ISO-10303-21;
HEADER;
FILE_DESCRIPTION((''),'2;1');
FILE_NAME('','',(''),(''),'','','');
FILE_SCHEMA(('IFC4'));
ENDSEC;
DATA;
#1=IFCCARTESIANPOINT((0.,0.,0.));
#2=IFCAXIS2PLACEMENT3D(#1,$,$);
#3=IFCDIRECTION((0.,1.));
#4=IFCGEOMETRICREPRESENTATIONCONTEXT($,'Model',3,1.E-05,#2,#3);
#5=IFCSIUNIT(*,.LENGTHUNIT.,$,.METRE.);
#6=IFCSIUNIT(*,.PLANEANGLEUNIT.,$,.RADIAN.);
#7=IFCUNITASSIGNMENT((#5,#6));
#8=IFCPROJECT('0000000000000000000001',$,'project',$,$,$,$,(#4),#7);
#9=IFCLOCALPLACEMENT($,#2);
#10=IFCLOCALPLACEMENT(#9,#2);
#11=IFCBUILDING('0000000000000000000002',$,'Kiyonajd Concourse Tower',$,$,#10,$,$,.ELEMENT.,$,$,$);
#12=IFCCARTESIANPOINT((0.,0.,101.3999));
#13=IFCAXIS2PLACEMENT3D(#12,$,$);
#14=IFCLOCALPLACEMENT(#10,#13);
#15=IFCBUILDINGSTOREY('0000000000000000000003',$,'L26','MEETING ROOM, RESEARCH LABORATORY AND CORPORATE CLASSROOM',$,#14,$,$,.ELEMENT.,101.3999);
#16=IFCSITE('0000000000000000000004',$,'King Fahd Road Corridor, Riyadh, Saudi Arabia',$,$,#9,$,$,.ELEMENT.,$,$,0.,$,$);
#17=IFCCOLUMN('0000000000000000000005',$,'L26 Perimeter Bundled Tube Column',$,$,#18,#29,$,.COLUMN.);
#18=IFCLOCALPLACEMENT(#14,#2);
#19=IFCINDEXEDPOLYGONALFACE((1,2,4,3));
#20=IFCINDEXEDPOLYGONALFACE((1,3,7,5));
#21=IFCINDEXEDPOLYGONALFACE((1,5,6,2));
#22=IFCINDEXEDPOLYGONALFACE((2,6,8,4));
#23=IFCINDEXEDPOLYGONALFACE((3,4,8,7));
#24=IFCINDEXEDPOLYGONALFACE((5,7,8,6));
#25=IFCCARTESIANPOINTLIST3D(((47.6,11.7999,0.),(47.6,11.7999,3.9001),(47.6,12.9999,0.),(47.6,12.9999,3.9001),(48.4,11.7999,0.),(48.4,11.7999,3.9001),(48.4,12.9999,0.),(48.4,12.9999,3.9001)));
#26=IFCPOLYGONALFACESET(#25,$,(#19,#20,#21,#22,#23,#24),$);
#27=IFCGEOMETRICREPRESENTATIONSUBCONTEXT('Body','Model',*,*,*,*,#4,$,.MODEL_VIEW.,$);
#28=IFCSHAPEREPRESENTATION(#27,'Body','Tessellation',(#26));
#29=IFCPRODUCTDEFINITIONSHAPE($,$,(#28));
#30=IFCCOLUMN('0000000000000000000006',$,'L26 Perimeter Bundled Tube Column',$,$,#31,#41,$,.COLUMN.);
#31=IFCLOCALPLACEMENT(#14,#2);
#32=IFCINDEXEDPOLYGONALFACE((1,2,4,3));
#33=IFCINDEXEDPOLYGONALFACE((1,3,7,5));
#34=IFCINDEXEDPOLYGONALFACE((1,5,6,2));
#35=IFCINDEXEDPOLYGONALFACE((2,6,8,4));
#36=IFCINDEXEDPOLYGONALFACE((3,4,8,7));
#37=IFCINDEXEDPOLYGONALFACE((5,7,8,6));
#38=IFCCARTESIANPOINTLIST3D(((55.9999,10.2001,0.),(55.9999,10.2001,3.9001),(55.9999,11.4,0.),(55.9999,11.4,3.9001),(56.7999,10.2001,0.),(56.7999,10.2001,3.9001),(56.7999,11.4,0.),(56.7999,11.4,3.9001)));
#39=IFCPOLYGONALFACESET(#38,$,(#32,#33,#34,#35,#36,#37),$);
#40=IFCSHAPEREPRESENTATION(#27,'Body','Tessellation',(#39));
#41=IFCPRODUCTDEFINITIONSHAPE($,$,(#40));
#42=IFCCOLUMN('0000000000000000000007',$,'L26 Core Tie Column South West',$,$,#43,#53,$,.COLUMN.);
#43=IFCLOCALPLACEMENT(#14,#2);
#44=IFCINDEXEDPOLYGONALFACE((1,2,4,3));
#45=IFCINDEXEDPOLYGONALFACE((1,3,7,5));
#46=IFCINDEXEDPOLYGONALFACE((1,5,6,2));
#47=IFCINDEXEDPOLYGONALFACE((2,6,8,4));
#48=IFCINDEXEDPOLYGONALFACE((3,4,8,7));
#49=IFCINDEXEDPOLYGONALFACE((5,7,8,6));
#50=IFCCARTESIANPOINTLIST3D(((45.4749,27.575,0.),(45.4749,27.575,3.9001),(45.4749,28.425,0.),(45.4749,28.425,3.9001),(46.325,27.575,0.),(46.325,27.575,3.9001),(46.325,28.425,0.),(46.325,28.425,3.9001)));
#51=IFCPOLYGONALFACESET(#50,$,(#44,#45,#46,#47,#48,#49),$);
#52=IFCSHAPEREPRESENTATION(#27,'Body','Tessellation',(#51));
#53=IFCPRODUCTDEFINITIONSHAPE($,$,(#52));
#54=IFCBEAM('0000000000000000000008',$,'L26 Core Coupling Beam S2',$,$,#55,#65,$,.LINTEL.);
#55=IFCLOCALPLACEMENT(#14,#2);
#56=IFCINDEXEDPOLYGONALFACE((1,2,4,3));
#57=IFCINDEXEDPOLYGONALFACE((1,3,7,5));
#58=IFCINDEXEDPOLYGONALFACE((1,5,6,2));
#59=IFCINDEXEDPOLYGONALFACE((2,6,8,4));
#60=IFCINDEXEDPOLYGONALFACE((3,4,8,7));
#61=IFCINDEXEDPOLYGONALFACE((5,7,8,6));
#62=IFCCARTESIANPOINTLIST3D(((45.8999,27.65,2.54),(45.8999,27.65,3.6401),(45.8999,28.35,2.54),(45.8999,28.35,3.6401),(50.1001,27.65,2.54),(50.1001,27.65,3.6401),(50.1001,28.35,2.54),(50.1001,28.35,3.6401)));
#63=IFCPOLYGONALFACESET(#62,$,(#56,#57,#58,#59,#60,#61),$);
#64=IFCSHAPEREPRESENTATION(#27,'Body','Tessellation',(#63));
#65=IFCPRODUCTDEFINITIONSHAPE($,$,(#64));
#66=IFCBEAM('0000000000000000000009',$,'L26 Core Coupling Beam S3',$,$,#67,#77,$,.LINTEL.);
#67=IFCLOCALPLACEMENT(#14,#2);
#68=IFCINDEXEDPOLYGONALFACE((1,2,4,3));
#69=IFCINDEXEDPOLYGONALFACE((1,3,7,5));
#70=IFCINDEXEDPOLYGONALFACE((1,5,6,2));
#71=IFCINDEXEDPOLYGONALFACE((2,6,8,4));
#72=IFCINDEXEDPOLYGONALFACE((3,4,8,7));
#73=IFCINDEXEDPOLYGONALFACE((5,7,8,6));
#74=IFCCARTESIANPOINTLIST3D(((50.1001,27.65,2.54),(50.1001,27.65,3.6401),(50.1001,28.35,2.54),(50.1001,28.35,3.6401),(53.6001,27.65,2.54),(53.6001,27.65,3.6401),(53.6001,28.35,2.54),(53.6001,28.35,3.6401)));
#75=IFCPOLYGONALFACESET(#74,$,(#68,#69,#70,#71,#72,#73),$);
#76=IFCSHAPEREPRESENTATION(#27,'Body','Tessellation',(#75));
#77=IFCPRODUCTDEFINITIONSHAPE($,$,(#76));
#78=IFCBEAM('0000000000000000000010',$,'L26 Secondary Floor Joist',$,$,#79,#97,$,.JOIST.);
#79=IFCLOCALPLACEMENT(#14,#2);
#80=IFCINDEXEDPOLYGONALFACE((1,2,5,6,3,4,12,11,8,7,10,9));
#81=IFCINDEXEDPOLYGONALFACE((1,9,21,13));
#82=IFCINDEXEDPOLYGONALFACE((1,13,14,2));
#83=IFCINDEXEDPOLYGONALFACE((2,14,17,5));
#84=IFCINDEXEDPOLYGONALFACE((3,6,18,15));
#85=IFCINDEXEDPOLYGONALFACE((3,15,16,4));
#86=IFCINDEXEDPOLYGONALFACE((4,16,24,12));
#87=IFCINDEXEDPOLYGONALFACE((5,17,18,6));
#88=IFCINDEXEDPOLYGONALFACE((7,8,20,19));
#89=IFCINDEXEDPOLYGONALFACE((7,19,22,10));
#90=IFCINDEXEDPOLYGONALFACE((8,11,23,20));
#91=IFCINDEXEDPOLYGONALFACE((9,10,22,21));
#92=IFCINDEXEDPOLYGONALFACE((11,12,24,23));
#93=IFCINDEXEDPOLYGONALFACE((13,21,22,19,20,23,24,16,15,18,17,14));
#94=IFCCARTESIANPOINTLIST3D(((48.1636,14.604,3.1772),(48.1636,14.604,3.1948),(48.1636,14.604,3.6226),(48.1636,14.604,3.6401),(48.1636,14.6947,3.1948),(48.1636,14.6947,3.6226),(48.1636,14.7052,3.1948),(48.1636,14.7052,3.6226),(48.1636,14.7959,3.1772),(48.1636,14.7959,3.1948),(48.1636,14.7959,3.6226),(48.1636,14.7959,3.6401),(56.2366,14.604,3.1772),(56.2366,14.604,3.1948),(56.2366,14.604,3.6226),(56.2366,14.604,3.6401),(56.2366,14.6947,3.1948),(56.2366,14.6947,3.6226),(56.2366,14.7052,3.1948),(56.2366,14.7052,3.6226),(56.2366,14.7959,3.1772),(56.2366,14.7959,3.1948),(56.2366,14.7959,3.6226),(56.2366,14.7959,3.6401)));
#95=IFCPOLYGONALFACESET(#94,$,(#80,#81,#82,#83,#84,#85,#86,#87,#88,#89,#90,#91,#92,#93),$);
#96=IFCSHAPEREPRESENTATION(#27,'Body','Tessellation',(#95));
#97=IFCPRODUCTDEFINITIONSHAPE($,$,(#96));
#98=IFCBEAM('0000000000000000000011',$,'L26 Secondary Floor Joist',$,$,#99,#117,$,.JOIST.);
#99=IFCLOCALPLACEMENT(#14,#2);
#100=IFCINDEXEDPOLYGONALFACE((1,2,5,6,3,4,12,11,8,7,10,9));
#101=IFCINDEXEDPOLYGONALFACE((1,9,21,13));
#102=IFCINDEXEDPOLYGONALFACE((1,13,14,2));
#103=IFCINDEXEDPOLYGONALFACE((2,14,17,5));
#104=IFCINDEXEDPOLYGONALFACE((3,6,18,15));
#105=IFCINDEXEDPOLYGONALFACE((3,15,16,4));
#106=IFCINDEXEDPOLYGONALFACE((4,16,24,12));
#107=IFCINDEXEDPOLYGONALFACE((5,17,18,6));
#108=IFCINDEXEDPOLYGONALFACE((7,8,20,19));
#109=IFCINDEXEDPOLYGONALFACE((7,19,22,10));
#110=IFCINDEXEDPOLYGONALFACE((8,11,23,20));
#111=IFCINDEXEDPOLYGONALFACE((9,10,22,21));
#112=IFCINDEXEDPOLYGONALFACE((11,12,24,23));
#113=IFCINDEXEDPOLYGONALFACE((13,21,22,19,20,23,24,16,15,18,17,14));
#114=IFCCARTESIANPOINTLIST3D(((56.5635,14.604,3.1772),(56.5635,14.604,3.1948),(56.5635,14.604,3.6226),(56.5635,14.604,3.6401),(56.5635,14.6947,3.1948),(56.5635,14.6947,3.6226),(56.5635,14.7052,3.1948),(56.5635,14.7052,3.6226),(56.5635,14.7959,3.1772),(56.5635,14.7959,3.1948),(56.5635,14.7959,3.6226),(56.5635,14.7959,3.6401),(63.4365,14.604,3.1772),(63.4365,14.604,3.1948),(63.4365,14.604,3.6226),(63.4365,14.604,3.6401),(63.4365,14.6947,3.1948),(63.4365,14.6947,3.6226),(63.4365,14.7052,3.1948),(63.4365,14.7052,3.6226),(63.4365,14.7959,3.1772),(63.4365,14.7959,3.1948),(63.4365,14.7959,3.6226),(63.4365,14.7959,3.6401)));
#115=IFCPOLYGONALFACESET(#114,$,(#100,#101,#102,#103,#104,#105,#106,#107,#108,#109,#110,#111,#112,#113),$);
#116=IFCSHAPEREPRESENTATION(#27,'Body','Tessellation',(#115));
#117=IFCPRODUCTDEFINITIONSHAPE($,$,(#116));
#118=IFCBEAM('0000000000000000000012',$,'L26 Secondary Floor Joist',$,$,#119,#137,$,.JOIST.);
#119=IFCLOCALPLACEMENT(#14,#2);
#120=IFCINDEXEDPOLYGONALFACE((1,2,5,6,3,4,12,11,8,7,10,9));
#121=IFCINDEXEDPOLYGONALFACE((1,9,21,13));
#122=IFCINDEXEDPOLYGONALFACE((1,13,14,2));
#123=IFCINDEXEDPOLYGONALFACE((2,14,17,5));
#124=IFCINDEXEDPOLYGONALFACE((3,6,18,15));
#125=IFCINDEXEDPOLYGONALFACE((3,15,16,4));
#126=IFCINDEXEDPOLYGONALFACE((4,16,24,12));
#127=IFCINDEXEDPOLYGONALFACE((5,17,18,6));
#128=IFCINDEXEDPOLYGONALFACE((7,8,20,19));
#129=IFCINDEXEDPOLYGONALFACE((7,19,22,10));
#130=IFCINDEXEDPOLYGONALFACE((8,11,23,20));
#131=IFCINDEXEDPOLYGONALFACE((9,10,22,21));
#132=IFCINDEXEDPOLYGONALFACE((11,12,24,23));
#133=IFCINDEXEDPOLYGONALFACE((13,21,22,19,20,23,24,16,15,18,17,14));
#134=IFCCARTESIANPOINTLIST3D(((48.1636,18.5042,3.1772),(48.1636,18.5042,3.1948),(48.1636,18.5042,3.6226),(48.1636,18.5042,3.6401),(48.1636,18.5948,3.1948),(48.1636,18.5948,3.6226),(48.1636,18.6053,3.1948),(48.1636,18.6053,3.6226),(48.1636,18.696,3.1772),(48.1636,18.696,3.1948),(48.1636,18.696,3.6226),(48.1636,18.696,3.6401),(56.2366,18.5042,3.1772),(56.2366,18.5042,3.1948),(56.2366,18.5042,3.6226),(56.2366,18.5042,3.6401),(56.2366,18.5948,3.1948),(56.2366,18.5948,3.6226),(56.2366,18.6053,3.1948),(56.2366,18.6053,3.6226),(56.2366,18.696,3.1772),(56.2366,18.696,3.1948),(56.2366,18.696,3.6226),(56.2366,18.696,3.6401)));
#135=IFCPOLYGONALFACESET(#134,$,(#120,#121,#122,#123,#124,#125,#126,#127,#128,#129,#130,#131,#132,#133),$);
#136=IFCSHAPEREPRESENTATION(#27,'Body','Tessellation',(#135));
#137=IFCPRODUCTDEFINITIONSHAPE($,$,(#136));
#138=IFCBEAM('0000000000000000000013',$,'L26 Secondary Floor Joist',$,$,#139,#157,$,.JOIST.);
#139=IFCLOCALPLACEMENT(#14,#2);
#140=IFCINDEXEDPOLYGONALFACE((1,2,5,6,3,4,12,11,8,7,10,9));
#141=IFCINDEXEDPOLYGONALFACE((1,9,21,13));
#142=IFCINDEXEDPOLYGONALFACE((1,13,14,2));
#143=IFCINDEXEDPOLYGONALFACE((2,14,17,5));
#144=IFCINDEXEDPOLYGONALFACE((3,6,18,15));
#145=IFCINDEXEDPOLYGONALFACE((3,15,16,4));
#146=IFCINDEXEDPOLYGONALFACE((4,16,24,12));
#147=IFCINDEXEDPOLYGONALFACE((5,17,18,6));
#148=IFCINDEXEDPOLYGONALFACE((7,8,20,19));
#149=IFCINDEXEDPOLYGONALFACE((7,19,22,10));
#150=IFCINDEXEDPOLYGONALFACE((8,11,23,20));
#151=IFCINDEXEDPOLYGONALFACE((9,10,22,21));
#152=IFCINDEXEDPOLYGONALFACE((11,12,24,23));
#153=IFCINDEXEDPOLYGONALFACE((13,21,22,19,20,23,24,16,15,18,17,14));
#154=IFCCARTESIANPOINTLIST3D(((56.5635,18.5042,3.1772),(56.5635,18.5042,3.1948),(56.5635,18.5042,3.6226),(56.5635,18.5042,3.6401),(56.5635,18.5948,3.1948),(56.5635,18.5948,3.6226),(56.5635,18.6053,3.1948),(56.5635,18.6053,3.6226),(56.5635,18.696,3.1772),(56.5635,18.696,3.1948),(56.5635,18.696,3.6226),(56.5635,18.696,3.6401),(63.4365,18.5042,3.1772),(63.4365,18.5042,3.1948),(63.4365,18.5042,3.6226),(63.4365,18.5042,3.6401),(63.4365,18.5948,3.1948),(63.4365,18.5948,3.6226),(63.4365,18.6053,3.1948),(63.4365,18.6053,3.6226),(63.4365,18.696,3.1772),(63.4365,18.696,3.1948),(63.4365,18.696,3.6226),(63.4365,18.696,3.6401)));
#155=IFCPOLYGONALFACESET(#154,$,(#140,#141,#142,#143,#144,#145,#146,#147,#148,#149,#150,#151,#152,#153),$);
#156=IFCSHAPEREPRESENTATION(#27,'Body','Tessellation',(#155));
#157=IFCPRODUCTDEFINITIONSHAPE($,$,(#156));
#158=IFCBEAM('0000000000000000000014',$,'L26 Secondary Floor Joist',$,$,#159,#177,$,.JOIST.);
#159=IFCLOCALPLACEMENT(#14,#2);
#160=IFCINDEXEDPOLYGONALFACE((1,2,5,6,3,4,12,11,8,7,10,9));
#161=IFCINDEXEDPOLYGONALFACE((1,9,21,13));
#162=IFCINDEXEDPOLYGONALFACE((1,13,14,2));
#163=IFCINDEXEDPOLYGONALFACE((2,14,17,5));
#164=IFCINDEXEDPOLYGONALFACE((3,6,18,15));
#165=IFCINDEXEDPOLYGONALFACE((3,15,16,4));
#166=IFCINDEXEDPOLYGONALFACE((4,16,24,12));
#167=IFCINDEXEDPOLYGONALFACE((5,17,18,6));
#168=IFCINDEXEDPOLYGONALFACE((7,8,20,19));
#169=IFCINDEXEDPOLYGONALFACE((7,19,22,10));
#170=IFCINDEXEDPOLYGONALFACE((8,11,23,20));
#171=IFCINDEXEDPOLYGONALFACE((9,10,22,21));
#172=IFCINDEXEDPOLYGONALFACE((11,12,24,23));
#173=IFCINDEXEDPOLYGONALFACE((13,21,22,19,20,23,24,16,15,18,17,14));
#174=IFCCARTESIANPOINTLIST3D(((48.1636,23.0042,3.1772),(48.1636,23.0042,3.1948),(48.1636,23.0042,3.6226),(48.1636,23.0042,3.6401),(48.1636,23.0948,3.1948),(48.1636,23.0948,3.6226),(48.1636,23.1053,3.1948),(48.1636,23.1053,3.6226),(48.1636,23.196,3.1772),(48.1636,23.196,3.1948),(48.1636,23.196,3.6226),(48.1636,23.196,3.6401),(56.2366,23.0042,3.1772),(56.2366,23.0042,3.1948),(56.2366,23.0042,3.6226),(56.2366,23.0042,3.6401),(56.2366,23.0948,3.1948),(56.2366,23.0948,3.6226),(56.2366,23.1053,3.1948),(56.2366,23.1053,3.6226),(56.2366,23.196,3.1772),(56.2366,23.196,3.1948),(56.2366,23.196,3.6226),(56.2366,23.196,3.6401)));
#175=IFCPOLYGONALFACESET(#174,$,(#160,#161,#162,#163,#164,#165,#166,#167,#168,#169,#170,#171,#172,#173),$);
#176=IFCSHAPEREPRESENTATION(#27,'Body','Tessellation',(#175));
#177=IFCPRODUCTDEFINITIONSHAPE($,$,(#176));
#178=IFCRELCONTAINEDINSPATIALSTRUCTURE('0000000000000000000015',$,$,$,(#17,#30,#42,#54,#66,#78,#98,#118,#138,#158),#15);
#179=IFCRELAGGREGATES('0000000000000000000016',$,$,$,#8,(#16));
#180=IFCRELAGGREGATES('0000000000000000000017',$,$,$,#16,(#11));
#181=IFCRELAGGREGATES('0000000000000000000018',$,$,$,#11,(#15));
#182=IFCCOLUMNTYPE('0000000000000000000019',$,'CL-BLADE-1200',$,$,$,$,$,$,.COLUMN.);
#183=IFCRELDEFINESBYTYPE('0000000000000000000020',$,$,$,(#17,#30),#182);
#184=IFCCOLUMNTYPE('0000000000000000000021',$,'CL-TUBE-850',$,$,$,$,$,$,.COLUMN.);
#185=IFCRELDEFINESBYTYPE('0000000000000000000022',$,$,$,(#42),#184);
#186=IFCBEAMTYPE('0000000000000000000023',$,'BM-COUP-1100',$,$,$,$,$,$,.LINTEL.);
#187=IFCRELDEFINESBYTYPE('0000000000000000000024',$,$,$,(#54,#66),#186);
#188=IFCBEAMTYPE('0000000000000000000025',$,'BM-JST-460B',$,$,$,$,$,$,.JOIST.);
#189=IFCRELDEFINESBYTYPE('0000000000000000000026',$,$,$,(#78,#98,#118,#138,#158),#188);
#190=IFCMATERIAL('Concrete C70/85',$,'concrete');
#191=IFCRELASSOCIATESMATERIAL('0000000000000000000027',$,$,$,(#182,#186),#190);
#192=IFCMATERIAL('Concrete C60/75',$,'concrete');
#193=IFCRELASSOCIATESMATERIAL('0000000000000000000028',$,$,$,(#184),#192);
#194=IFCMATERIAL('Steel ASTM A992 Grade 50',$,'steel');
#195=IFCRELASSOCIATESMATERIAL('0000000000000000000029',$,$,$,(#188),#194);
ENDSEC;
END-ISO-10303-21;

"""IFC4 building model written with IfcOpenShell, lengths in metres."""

from ifc_helpers import new_model, si_unit, direction, frame, origin, origin_2d, place, context, subcontext, project, spatial, rectangle, i_section, extrude, material, material_profile, profile_set, type_object, element, save


model = new_model("IFC4")

# Units and contexts
model_context = context("Model", 3, precision=1e-05, world=origin(), true_north=direction((0.0, 1.0)))
body_context = subcontext(model_context, "Body", "Model", "MODEL_VIEW")
ifc_project = project(units=[si_unit("LENGTHUNIT", "METRE"), si_unit("PLANEANGLEUNIT", "RADIAN")], contexts=[model_context])

# Site, building, storey
site_placement = place(None, origin())
site = spatial("IfcSite", under=ifc_project, at=site_placement, Name="King Fahd Road Corridor, Riyadh, Saudi Arabia", CompositionType="ELEMENT", RefElevation=0.0)
building_placement = place(site_placement, origin())
building = spatial("IfcBuilding", under=site, at=building_placement, Name="Kiyonajd Concourse Tower", CompositionType="ELEMENT")
storey_placement = place(building_placement, frame((0.0, 0.0, 101.3999)))
storey = spatial("IfcBuildingStorey", under=building, at=storey_placement, Name="L26", Description="MEETING ROOM, RESEARCH LABORATORY AND CORPORATE CLASSROOM", CompositionType="ELEMENT", Elevation=101.3999)

# Columns
ifc_material_1 = material(Name="Concrete C70/85", Category="concrete")
ifc_material_profile_1 = material_profile(ifc_material_1, rectangle(XDim=0.8, YDim=1.2, at=origin_2d()), Name="RC-1200x800")
ifc_profile_set_1 = profile_set([ifc_material_profile_1], Name="Concrete C70/85")
column_type_1 = type_object("IfcColumnType", Name="CL-BLADE-1200", PredefinedType="COLUMN", material=ifc_profile_set_1)
for number, where, z_axis, x_axis, name in (
    (1, (48.0, 12.3999, 0.0), (0.0, 0.0, 1.0), (1.0, 0.0, 0.0), "L26 Perimeter Bundled Tube Column"),
    (2, (56.3999, 10.8, 0.0), (0.0, 0.0, 1.0), (1.0, 0.0, 0.0), "L26 Perimeter Bundled Tube Column"),
):
    element("IfcColumn", number, at=place(storey_placement, frame(where, z_axis=z_axis, x_axis=x_axis)), inside=storey, type_object=column_type_1, Name=name, PredefinedType="COLUMN", context=body_context, shape_type="SweptSolid", body=[
        extrude(rectangle(XDim=0.8, YDim=1.2, at=origin_2d()), origin(), (0.0, 0.0, 1.0), 3.9001),
    ])
ifc_material_2 = material(Name="Concrete C60/75", Category="concrete")
ifc_material_profile_2 = material_profile(ifc_material_2, rectangle(XDim=0.8501, YDim=0.8501, at=origin_2d()), Name="RC-850x850")
ifc_profile_set_2 = profile_set([ifc_material_profile_2], Name="Concrete C60/75")
column_type_2 = type_object("IfcColumnType", Name="CL-TUBE-850", PredefinedType="COLUMN", material=ifc_profile_set_2)
column_placement = place(storey_placement, frame((45.8999, 28.0, 0.0), z_axis=(0.0, 0.0, 1.0), x_axis=(1.0, 0.0, 0.0)))
element("IfcColumn", 3, at=column_placement, inside=storey, type_object=column_type_2, Name="L26 Core Tie Column South West", PredefinedType="COLUMN", context=body_context, shape_type="SweptSolid", body=[
    extrude(rectangle(XDim=0.8501, YDim=0.8501, at=origin_2d()), origin(), (0.0, 0.0, 1.0), 3.9001),
])

# Beams
ifc_material_profile_3 = material_profile(ifc_material_1, rectangle(XDim=0.7, YDim=1.1001, at=origin_2d()), Name="RCBM-700x1100")
ifc_profile_set_3 = profile_set([ifc_material_profile_3], Name="Concrete C70/85")
beam_type_1 = type_object("IfcBeamType", Name="BM-COUP-1100", PredefinedType="LINTEL", material=ifc_profile_set_3)
beam_1_placement = place(storey_placement, frame((45.8999, 28.0, 3.0901), z_axis=(1.0, 0.0, 0.0), x_axis=(0.0, 1.0, 0.0)))
element("IfcBeam", 4, at=beam_1_placement, inside=storey, type_object=beam_type_1, Name="L26 Core Coupling Beam S2", PredefinedType="LINTEL", context=body_context, shape_type="SweptSolid", body=[
    extrude(rectangle(XDim=0.7, YDim=1.1001, at=origin_2d()), origin(), (0.0, 0.0, 1.0), 4.2002),
])
beam_2_placement = place(storey_placement, frame((50.1001, 28.0, 3.0901), z_axis=(1.0, 0.0, 0.0), x_axis=(0.0, 1.0, 0.0)))
element("IfcBeam", 5, at=beam_2_placement, inside=storey, type_object=beam_type_1, Name="L26 Core Coupling Beam S3", PredefinedType="LINTEL", context=body_context, shape_type="SweptSolid", body=[
    extrude(rectangle(XDim=0.7, YDim=1.1001, at=origin_2d()), origin(), (0.0, 0.0, 1.0), 3.5),
])
ifc_material_3 = material(Name="Steel ASTM A992 Grade 50", Category="steel")
ifc_material_profile_4 = material_profile(ifc_material_3, i_section(OverallWidth=0.1919, OverallDepth=0.4629, WebThickness=0.0105, FlangeThickness=0.0176, at=origin_2d()), Name="W460X89")
ifc_profile_set_4 = profile_set([ifc_material_profile_4], Name="Steel ASTM A992 Grade 50")
beam_type_2 = type_object("IfcBeamType", Name="BM-JST-460B", PredefinedType="JOIST", material=ifc_profile_set_4)
beam_3_placement = place(storey_placement, frame((48.1636, 14.7, 3.4087), z_axis=(1.0, 0.0, 0.0), x_axis=(0.0, 1.0, 0.0)))
element("IfcBeam", 6, at=beam_3_placement, inside=storey, type_object=beam_type_2, Name="L26 Secondary Floor Joist", PredefinedType="JOIST", context=body_context, shape_type="SweptSolid", body=[
    extrude(i_section(OverallWidth=0.1919, OverallDepth=0.4629, WebThickness=0.0105, FlangeThickness=0.0176, at=origin_2d()), origin(), (0.0, 0.0, 1.0), 8.073),
])
beam_4_placement = place(storey_placement, frame((56.5635, 14.7, 3.4087), z_axis=(1.0, 0.0, 0.0), x_axis=(0.0, 1.0, 0.0)))
element("IfcBeam", 7, at=beam_4_placement, inside=storey, type_object=beam_type_2, Name="L26 Secondary Floor Joist", PredefinedType="JOIST", context=body_context, shape_type="SweptSolid", body=[
    extrude(i_section(OverallWidth=0.1919, OverallDepth=0.4629, WebThickness=0.0105, FlangeThickness=0.0176, at=origin_2d()), origin(), (0.0, 0.0, 1.0), 6.873),
])
beam_5_placement = place(storey_placement, frame((48.1636, 18.6001, 3.4087), z_axis=(1.0, 0.0, 0.0), x_axis=(0.0, 1.0, 0.0)))
element("IfcBeam", 8, at=beam_5_placement, inside=storey, type_object=beam_type_2, Name="L26 Secondary Floor Joist", PredefinedType="JOIST", context=body_context, shape_type="SweptSolid", body=[
    extrude(i_section(OverallWidth=0.1919, OverallDepth=0.4629, WebThickness=0.0105, FlangeThickness=0.0176, at=origin_2d()), origin(), (0.0, 0.0, 1.0), 8.073),
])
beam_6_placement = place(storey_placement, frame((56.5635, 18.6001, 3.4087), z_axis=(1.0, 0.0, 0.0), x_axis=(0.0, 1.0, 0.0)))
element("IfcBeam", 9, at=beam_6_placement, inside=storey, type_object=beam_type_2, Name="L26 Secondary Floor Joist", PredefinedType="JOIST", context=body_context, shape_type="SweptSolid", body=[
    extrude(i_section(OverallWidth=0.1919, OverallDepth=0.4629, WebThickness=0.0105, FlangeThickness=0.0176, at=origin_2d()), origin(), (0.0, 0.0, 1.0), 6.873),
])
beam_7_placement = place(storey_placement, frame((48.1636, 23.1001, 3.4087), z_axis=(1.0, 0.0, 0.0), x_axis=(0.0, 1.0, 0.0)))
element("IfcBeam", 10, at=beam_7_placement, inside=storey, type_object=beam_type_2, Name="L26 Secondary Floor Joist", PredefinedType="JOIST", context=body_context, shape_type="SweptSolid", body=[
    extrude(i_section(OverallWidth=0.1919, OverallDepth=0.4629, WebThickness=0.0105, FlangeThickness=0.0176, at=origin_2d()), origin(), (0.0, 0.0, 1.0), 8.073),
])

save(model, "model.ifc")
